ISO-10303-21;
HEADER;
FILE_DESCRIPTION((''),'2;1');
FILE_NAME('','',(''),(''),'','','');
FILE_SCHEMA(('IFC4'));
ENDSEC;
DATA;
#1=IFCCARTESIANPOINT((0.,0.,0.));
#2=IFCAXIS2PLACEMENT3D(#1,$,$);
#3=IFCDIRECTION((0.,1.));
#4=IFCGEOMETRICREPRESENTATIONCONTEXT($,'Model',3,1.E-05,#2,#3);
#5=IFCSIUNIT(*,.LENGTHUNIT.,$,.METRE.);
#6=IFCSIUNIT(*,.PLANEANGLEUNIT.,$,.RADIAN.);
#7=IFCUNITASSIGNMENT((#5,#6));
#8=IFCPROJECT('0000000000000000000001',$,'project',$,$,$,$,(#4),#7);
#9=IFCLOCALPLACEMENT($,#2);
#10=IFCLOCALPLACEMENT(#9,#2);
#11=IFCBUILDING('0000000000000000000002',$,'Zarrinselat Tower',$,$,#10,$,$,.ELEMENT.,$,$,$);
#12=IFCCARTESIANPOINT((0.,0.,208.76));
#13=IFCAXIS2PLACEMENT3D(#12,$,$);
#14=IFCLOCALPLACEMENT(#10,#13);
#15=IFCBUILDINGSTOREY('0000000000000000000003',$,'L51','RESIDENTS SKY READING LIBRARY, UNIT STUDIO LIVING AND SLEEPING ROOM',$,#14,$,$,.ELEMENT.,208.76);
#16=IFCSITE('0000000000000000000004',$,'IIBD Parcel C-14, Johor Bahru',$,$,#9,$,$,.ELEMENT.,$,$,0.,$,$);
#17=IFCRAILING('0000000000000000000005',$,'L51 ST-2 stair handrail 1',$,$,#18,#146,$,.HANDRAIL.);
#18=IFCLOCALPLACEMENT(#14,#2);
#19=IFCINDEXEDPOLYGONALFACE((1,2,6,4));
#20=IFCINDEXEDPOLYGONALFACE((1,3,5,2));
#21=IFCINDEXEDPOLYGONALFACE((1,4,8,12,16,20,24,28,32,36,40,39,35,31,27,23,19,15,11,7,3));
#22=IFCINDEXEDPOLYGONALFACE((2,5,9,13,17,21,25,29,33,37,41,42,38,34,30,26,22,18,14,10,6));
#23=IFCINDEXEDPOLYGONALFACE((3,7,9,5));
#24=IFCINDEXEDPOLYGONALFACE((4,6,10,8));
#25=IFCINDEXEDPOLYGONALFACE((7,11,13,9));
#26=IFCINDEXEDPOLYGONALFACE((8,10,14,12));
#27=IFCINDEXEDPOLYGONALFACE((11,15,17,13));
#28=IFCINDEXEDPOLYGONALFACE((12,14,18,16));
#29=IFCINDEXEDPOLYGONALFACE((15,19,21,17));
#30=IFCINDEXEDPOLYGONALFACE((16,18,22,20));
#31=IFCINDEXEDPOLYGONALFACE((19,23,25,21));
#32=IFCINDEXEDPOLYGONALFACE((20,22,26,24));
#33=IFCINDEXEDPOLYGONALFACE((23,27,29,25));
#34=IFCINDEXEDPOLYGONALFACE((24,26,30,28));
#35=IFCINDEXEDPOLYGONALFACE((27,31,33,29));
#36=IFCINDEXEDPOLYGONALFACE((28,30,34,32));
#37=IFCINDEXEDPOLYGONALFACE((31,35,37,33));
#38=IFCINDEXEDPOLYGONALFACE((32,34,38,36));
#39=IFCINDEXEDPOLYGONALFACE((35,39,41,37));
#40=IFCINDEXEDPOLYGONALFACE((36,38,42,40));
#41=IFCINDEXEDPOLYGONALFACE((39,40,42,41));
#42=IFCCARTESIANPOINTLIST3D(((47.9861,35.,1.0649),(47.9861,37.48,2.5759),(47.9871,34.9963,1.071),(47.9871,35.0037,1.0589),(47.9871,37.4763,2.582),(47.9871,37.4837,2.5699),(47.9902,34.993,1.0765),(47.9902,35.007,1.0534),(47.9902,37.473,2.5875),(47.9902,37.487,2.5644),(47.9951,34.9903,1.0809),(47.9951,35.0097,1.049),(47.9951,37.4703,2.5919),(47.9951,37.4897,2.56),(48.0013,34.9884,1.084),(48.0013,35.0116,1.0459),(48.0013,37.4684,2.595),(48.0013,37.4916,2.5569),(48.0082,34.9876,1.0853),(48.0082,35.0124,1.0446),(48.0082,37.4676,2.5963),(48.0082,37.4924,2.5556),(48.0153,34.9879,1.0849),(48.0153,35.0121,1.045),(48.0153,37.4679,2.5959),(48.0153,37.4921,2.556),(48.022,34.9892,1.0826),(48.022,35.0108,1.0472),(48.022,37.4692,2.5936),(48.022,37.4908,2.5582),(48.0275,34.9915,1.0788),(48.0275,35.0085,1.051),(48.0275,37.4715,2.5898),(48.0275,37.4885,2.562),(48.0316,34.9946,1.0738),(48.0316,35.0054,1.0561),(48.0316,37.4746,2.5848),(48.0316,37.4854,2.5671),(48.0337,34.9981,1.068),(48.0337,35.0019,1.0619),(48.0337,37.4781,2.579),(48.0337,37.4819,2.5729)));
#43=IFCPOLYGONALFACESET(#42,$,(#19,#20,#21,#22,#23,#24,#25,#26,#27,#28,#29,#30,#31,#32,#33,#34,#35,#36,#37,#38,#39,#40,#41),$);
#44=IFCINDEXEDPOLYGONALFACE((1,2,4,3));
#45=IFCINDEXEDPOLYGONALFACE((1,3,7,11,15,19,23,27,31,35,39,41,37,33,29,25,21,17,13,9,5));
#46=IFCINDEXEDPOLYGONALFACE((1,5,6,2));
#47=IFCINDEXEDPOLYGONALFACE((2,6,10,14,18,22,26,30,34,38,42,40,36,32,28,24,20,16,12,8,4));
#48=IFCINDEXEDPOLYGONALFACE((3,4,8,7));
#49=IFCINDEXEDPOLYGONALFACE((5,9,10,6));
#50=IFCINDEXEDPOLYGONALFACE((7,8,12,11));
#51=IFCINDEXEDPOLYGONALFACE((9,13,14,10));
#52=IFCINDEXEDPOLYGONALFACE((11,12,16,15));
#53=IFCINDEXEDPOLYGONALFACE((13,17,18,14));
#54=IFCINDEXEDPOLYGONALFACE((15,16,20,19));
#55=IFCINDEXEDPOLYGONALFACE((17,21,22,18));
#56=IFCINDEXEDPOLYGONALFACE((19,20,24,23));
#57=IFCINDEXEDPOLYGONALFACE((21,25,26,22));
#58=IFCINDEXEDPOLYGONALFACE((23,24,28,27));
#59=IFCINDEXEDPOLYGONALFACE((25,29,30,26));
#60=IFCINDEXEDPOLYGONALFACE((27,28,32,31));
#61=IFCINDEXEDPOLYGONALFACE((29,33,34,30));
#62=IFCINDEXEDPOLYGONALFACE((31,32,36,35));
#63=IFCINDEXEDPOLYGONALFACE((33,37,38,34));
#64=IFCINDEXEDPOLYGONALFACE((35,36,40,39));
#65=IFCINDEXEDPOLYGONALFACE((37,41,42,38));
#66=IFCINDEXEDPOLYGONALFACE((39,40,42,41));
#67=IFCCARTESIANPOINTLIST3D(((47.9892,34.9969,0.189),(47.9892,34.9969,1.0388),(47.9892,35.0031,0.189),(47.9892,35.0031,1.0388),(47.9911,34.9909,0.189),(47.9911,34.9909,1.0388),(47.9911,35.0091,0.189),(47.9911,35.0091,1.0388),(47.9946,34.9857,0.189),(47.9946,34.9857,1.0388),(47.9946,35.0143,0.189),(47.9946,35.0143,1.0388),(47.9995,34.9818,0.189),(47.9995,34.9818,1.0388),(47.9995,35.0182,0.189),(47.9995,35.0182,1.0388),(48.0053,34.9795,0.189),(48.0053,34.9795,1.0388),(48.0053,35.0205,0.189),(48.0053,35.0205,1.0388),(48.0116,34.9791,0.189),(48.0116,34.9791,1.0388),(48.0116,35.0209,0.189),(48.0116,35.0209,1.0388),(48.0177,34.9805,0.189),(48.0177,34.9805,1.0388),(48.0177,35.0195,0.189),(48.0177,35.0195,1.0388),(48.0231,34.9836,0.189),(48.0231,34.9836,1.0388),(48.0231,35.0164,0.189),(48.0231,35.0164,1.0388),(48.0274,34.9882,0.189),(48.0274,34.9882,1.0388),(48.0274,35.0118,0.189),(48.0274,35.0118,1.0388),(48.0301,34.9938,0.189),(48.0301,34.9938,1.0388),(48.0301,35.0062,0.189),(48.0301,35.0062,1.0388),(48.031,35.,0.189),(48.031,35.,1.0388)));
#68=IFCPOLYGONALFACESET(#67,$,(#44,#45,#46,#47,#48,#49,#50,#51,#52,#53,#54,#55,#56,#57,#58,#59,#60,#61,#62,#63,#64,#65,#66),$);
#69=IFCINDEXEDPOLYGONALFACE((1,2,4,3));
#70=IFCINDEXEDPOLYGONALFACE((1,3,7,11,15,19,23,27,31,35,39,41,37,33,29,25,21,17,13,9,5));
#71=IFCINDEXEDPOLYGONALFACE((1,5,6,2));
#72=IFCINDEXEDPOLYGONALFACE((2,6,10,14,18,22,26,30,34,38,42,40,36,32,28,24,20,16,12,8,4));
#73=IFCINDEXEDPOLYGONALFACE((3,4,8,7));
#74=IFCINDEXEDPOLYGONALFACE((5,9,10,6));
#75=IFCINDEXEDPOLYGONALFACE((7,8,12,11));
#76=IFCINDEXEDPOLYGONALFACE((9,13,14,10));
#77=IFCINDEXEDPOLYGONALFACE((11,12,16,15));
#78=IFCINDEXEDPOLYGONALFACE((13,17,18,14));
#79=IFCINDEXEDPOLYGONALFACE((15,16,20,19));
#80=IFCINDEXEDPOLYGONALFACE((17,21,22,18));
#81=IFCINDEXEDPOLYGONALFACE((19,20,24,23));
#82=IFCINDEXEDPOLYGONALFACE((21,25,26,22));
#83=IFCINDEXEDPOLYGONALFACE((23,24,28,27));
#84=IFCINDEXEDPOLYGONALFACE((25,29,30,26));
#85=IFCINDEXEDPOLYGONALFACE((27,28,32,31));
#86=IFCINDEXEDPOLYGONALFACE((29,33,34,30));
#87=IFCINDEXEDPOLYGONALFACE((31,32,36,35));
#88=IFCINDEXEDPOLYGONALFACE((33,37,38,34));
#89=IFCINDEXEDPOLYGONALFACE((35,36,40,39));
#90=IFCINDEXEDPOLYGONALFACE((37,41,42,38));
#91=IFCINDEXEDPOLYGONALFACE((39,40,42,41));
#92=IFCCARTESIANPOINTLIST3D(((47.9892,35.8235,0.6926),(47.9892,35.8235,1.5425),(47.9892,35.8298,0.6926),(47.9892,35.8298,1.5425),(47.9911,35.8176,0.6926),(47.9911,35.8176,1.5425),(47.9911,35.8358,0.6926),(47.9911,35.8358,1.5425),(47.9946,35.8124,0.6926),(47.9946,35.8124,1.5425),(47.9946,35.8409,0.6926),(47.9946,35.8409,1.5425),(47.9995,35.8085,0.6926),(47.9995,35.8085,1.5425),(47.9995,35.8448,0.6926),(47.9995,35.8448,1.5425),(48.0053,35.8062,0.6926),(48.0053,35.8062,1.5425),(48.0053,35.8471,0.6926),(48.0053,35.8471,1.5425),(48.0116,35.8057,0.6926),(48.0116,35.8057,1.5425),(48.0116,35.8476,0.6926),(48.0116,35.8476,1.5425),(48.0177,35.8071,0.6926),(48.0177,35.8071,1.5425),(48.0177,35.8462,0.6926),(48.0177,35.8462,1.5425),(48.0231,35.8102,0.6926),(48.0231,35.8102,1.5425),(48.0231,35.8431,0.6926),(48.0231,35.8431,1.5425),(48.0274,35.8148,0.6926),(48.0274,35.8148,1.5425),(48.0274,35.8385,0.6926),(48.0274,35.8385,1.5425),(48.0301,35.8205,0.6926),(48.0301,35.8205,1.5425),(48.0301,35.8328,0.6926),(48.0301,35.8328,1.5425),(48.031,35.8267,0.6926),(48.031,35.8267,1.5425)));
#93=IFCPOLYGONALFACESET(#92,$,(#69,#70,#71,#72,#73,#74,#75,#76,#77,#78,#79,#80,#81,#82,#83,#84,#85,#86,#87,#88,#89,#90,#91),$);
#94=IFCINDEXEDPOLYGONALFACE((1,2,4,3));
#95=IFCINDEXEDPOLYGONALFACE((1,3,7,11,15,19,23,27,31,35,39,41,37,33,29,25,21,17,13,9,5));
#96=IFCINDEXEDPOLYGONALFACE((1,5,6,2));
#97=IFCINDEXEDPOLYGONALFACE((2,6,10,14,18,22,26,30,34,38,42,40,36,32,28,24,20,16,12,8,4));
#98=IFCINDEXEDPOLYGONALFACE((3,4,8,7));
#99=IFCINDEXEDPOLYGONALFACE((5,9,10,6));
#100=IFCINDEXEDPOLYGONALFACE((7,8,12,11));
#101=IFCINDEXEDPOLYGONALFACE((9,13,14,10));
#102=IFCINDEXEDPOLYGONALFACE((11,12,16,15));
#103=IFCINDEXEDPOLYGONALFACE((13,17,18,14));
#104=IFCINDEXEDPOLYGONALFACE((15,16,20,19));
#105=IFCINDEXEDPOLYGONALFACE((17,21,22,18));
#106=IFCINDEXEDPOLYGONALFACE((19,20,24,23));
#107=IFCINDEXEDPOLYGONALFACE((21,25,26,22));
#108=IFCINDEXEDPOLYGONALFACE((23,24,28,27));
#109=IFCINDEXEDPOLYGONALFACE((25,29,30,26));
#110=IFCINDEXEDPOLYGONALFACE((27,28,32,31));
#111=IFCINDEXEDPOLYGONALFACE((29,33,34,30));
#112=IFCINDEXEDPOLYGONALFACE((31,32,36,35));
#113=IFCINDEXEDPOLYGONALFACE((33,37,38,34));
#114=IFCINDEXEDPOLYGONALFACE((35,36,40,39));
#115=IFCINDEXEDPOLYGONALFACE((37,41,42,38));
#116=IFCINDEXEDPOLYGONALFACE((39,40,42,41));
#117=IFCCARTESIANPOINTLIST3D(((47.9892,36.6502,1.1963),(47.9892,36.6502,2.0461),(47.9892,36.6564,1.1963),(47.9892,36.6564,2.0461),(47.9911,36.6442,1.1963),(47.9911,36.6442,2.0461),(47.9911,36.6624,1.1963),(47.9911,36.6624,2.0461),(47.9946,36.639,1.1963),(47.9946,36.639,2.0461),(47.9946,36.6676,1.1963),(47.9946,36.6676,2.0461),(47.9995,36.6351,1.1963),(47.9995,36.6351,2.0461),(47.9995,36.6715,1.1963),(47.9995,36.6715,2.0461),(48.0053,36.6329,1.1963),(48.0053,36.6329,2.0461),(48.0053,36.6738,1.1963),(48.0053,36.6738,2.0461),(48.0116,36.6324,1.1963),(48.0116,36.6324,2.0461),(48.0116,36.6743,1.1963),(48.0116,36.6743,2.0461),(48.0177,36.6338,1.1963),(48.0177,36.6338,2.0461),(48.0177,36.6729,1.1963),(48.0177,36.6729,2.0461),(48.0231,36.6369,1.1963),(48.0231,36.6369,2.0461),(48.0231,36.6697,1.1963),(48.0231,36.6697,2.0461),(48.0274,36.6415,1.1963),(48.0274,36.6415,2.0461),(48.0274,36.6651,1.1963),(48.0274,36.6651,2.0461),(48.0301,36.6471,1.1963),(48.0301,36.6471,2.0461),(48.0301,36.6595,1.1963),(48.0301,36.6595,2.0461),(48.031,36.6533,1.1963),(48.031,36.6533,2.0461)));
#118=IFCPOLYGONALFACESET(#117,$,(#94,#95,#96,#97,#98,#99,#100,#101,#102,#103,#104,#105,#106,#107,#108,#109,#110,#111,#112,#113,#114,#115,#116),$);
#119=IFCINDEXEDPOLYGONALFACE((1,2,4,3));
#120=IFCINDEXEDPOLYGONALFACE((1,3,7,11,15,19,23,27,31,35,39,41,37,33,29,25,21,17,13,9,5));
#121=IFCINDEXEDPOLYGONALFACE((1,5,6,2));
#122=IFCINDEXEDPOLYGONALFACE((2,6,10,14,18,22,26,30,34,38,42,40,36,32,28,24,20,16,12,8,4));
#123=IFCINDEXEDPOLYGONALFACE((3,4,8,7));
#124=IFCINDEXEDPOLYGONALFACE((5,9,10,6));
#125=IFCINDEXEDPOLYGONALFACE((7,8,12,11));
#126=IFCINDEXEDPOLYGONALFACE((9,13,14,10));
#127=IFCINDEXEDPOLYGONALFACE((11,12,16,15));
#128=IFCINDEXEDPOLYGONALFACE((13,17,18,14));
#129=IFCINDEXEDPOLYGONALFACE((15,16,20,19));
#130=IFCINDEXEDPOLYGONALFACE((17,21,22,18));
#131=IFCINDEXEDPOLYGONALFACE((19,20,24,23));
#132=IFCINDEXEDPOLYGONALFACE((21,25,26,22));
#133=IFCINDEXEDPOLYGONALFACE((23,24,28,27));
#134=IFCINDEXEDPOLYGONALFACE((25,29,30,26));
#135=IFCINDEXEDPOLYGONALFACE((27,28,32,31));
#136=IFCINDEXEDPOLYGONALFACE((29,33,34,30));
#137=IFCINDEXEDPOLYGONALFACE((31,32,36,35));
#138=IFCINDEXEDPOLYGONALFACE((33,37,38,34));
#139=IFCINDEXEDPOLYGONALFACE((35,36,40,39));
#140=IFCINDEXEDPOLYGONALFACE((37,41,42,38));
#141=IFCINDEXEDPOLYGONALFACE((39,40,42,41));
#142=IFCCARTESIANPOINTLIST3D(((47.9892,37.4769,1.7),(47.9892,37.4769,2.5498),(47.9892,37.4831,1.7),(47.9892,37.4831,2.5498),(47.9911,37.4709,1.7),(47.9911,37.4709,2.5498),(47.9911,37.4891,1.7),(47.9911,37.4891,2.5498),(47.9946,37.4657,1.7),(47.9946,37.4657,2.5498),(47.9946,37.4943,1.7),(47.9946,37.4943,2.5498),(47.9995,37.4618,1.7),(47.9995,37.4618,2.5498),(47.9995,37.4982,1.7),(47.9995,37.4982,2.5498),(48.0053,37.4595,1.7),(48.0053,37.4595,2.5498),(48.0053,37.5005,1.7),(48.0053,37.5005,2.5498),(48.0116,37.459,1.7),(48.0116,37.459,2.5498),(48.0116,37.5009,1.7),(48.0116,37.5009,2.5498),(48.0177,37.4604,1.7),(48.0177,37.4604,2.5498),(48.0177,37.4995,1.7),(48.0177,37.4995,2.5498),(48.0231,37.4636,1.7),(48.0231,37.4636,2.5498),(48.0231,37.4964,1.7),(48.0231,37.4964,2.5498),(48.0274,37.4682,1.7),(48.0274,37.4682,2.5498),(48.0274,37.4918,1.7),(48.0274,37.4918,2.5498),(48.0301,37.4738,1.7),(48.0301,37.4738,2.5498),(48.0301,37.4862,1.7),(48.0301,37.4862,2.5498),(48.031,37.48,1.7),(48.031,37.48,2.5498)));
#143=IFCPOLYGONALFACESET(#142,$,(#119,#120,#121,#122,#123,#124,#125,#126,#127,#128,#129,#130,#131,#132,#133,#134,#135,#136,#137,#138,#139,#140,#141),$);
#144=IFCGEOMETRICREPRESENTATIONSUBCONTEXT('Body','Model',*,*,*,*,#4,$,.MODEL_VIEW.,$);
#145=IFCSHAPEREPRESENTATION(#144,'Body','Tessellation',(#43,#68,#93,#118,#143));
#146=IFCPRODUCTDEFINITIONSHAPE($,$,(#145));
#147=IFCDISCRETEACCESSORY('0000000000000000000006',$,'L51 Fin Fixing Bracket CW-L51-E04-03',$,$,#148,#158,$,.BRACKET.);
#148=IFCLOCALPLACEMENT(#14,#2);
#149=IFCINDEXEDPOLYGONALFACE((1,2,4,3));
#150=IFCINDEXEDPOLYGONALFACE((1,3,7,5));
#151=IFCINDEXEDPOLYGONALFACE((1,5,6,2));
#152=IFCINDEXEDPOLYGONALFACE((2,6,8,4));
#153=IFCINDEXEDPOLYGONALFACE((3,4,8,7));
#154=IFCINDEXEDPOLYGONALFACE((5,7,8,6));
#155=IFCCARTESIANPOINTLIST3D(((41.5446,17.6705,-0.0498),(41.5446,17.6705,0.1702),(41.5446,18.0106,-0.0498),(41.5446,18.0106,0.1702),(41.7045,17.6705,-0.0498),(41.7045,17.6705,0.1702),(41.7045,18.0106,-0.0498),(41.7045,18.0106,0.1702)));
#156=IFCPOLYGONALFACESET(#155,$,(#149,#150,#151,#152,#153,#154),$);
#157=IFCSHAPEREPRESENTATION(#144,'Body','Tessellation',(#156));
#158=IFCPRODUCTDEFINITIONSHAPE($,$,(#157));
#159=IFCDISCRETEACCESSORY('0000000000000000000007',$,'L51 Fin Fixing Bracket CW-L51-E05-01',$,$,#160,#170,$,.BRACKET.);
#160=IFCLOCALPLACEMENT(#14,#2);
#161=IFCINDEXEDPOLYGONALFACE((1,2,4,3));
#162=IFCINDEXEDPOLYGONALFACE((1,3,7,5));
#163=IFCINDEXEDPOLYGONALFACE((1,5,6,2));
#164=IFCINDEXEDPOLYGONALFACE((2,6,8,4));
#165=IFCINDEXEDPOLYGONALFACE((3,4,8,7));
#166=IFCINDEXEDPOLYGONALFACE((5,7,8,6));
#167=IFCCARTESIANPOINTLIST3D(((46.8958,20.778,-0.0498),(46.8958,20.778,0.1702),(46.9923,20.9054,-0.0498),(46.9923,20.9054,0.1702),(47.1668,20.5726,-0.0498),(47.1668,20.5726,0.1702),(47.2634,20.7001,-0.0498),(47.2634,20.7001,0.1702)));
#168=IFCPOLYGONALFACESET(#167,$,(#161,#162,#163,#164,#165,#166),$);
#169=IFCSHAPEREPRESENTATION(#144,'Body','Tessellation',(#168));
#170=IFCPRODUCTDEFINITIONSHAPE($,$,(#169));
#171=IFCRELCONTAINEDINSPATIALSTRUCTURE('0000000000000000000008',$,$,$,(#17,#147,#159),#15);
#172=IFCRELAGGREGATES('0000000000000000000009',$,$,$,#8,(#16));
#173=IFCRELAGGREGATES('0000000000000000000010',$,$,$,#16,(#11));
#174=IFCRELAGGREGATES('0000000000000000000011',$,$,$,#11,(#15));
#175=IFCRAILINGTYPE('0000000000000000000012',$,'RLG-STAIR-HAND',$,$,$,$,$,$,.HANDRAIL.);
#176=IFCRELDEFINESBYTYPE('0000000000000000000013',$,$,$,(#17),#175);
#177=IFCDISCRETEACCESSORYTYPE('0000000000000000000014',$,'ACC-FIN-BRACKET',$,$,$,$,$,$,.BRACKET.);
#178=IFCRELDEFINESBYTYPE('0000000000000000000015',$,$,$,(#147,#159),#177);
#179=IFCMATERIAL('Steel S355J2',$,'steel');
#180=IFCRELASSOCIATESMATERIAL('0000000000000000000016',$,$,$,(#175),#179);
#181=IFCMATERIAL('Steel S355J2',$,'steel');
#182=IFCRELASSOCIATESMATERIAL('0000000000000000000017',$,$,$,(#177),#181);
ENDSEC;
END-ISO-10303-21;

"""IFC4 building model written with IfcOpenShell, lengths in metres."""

from ifc_helpers import new_model, si_unit, direction, frame, origin, origin_2d, place, context, subcontext, project, spatial, rectangle, circle, extrude, material, type_object, element, save


model = new_model("IFC4")

# Units and contexts
model_context = context("Model", 3, precision=1e-05, world=origin(), true_north=direction((0.0, 1.0)))
body_context = subcontext(model_context, "Body", "Model", "MODEL_VIEW")
ifc_project = project(units=[si_unit("LENGTHUNIT", "METRE"), si_unit("PLANEANGLEUNIT", "RADIAN")], contexts=[model_context])

# Site, building, storey
site_placement = place(None, origin())
site = spatial("IfcSite", under=ifc_project, at=site_placement, Name="IIBD Parcel C-14, Johor Bahru", CompositionType="ELEMENT", RefElevation=0.0)
building_placement = place(site_placement, origin())
building = spatial("IfcBuilding", under=site, at=building_placement, Name="Zarrinselat Tower", CompositionType="ELEMENT")
storey_placement = place(building_placement, frame((0.0, 0.0, 208.76)))
storey = spatial("IfcBuildingStorey", under=building, at=storey_placement, Name="L51", Description="RESIDENTS SKY READING LIBRARY, UNIT STUDIO LIVING AND SLEEPING ROOM", CompositionType="ELEMENT", Elevation=208.76)

# Railing
ifc_material_1 = material(Name="Steel S355J2", Category="steel")
railing_type_1 = type_object("IfcRailingType", Name="RLG-STAIR-HAND", PredefinedType="HANDRAIL", material=ifc_material_1)
railing_1_placement = place(storey_placement, frame((48.01, 35.0, 0.189)))
element("IfcRailing", 1, at=railing_1_placement, inside=storey, type_object=railing_type_1, Name="L51 ST-2 stair handrail 1", PredefinedType="HANDRAIL", context=body_context, shape_type="SweptSolid", body=[
    extrude(circle(Radius=0.0239, at=origin_2d()), frame((0.0, 0.0, 0.876), z_axis=(0.0, 0.853979, 0.520307), x_axis=(-1.0, 0.0, 0.0)), (0.0, 0.0, 1.0), 2.9041),
    extrude(circle(Radius=0.021, at=origin_2d()), origin(), (0.0, 0.0, 1.0), 0.8499),
    extrude(circle(Radius=0.021, at=origin_2d()), frame((0.0, 0.8267, 0.5037)), (0.0, 0.0, 1.0), 0.8499),
    extrude(circle(Radius=0.021, at=origin_2d()), frame((0.0, 1.6533, 1.0073)), (0.0, 0.0, 1.0), 0.8499),
    extrude(circle(Radius=0.021, at=origin_2d()), frame((0.0, 2.48, 1.511)), (0.0, 0.0, 1.0), 0.8499),
])

# Discrete accessories
ifc_material_2 = material(Name="Steel S355J2", Category="steel")
discrete_accessory_type = type_object("IfcDiscreteAccessoryType", Name="ACC-FIN-BRACKET", PredefinedType="BRACKET", material=ifc_material_2)
for number, where, z_axis, x_axis, name in (
    (2, (41.6245, 17.8406, -0.0498), (0.0, 0.0, 1.0), (0.0, -1.0, 0.0), "L51 Fin Fixing Bracket CW-L51-E04-03"),
    (3, (47.0796, 20.739, -0.0498), (0.0, 0.0, 1.0), (0.797091, -0.603859, 0.0), "L51 Fin Fixing Bracket CW-L51-E05-01"),
):
    element("IfcDiscreteAccessory", number, at=place(storey_placement, frame(where, z_axis=z_axis, x_axis=x_axis)), inside=storey, type_object=discrete_accessory_type, Name=name, PredefinedType="BRACKET", context=body_context, shape_type="SweptSolid", body=[
        extrude(rectangle(XDim=0.3401, YDim=0.1599, at=origin_2d()), origin(), (0.0, 0.0, 1.0), 0.22),
    ])

save(model, "model.ifc")
